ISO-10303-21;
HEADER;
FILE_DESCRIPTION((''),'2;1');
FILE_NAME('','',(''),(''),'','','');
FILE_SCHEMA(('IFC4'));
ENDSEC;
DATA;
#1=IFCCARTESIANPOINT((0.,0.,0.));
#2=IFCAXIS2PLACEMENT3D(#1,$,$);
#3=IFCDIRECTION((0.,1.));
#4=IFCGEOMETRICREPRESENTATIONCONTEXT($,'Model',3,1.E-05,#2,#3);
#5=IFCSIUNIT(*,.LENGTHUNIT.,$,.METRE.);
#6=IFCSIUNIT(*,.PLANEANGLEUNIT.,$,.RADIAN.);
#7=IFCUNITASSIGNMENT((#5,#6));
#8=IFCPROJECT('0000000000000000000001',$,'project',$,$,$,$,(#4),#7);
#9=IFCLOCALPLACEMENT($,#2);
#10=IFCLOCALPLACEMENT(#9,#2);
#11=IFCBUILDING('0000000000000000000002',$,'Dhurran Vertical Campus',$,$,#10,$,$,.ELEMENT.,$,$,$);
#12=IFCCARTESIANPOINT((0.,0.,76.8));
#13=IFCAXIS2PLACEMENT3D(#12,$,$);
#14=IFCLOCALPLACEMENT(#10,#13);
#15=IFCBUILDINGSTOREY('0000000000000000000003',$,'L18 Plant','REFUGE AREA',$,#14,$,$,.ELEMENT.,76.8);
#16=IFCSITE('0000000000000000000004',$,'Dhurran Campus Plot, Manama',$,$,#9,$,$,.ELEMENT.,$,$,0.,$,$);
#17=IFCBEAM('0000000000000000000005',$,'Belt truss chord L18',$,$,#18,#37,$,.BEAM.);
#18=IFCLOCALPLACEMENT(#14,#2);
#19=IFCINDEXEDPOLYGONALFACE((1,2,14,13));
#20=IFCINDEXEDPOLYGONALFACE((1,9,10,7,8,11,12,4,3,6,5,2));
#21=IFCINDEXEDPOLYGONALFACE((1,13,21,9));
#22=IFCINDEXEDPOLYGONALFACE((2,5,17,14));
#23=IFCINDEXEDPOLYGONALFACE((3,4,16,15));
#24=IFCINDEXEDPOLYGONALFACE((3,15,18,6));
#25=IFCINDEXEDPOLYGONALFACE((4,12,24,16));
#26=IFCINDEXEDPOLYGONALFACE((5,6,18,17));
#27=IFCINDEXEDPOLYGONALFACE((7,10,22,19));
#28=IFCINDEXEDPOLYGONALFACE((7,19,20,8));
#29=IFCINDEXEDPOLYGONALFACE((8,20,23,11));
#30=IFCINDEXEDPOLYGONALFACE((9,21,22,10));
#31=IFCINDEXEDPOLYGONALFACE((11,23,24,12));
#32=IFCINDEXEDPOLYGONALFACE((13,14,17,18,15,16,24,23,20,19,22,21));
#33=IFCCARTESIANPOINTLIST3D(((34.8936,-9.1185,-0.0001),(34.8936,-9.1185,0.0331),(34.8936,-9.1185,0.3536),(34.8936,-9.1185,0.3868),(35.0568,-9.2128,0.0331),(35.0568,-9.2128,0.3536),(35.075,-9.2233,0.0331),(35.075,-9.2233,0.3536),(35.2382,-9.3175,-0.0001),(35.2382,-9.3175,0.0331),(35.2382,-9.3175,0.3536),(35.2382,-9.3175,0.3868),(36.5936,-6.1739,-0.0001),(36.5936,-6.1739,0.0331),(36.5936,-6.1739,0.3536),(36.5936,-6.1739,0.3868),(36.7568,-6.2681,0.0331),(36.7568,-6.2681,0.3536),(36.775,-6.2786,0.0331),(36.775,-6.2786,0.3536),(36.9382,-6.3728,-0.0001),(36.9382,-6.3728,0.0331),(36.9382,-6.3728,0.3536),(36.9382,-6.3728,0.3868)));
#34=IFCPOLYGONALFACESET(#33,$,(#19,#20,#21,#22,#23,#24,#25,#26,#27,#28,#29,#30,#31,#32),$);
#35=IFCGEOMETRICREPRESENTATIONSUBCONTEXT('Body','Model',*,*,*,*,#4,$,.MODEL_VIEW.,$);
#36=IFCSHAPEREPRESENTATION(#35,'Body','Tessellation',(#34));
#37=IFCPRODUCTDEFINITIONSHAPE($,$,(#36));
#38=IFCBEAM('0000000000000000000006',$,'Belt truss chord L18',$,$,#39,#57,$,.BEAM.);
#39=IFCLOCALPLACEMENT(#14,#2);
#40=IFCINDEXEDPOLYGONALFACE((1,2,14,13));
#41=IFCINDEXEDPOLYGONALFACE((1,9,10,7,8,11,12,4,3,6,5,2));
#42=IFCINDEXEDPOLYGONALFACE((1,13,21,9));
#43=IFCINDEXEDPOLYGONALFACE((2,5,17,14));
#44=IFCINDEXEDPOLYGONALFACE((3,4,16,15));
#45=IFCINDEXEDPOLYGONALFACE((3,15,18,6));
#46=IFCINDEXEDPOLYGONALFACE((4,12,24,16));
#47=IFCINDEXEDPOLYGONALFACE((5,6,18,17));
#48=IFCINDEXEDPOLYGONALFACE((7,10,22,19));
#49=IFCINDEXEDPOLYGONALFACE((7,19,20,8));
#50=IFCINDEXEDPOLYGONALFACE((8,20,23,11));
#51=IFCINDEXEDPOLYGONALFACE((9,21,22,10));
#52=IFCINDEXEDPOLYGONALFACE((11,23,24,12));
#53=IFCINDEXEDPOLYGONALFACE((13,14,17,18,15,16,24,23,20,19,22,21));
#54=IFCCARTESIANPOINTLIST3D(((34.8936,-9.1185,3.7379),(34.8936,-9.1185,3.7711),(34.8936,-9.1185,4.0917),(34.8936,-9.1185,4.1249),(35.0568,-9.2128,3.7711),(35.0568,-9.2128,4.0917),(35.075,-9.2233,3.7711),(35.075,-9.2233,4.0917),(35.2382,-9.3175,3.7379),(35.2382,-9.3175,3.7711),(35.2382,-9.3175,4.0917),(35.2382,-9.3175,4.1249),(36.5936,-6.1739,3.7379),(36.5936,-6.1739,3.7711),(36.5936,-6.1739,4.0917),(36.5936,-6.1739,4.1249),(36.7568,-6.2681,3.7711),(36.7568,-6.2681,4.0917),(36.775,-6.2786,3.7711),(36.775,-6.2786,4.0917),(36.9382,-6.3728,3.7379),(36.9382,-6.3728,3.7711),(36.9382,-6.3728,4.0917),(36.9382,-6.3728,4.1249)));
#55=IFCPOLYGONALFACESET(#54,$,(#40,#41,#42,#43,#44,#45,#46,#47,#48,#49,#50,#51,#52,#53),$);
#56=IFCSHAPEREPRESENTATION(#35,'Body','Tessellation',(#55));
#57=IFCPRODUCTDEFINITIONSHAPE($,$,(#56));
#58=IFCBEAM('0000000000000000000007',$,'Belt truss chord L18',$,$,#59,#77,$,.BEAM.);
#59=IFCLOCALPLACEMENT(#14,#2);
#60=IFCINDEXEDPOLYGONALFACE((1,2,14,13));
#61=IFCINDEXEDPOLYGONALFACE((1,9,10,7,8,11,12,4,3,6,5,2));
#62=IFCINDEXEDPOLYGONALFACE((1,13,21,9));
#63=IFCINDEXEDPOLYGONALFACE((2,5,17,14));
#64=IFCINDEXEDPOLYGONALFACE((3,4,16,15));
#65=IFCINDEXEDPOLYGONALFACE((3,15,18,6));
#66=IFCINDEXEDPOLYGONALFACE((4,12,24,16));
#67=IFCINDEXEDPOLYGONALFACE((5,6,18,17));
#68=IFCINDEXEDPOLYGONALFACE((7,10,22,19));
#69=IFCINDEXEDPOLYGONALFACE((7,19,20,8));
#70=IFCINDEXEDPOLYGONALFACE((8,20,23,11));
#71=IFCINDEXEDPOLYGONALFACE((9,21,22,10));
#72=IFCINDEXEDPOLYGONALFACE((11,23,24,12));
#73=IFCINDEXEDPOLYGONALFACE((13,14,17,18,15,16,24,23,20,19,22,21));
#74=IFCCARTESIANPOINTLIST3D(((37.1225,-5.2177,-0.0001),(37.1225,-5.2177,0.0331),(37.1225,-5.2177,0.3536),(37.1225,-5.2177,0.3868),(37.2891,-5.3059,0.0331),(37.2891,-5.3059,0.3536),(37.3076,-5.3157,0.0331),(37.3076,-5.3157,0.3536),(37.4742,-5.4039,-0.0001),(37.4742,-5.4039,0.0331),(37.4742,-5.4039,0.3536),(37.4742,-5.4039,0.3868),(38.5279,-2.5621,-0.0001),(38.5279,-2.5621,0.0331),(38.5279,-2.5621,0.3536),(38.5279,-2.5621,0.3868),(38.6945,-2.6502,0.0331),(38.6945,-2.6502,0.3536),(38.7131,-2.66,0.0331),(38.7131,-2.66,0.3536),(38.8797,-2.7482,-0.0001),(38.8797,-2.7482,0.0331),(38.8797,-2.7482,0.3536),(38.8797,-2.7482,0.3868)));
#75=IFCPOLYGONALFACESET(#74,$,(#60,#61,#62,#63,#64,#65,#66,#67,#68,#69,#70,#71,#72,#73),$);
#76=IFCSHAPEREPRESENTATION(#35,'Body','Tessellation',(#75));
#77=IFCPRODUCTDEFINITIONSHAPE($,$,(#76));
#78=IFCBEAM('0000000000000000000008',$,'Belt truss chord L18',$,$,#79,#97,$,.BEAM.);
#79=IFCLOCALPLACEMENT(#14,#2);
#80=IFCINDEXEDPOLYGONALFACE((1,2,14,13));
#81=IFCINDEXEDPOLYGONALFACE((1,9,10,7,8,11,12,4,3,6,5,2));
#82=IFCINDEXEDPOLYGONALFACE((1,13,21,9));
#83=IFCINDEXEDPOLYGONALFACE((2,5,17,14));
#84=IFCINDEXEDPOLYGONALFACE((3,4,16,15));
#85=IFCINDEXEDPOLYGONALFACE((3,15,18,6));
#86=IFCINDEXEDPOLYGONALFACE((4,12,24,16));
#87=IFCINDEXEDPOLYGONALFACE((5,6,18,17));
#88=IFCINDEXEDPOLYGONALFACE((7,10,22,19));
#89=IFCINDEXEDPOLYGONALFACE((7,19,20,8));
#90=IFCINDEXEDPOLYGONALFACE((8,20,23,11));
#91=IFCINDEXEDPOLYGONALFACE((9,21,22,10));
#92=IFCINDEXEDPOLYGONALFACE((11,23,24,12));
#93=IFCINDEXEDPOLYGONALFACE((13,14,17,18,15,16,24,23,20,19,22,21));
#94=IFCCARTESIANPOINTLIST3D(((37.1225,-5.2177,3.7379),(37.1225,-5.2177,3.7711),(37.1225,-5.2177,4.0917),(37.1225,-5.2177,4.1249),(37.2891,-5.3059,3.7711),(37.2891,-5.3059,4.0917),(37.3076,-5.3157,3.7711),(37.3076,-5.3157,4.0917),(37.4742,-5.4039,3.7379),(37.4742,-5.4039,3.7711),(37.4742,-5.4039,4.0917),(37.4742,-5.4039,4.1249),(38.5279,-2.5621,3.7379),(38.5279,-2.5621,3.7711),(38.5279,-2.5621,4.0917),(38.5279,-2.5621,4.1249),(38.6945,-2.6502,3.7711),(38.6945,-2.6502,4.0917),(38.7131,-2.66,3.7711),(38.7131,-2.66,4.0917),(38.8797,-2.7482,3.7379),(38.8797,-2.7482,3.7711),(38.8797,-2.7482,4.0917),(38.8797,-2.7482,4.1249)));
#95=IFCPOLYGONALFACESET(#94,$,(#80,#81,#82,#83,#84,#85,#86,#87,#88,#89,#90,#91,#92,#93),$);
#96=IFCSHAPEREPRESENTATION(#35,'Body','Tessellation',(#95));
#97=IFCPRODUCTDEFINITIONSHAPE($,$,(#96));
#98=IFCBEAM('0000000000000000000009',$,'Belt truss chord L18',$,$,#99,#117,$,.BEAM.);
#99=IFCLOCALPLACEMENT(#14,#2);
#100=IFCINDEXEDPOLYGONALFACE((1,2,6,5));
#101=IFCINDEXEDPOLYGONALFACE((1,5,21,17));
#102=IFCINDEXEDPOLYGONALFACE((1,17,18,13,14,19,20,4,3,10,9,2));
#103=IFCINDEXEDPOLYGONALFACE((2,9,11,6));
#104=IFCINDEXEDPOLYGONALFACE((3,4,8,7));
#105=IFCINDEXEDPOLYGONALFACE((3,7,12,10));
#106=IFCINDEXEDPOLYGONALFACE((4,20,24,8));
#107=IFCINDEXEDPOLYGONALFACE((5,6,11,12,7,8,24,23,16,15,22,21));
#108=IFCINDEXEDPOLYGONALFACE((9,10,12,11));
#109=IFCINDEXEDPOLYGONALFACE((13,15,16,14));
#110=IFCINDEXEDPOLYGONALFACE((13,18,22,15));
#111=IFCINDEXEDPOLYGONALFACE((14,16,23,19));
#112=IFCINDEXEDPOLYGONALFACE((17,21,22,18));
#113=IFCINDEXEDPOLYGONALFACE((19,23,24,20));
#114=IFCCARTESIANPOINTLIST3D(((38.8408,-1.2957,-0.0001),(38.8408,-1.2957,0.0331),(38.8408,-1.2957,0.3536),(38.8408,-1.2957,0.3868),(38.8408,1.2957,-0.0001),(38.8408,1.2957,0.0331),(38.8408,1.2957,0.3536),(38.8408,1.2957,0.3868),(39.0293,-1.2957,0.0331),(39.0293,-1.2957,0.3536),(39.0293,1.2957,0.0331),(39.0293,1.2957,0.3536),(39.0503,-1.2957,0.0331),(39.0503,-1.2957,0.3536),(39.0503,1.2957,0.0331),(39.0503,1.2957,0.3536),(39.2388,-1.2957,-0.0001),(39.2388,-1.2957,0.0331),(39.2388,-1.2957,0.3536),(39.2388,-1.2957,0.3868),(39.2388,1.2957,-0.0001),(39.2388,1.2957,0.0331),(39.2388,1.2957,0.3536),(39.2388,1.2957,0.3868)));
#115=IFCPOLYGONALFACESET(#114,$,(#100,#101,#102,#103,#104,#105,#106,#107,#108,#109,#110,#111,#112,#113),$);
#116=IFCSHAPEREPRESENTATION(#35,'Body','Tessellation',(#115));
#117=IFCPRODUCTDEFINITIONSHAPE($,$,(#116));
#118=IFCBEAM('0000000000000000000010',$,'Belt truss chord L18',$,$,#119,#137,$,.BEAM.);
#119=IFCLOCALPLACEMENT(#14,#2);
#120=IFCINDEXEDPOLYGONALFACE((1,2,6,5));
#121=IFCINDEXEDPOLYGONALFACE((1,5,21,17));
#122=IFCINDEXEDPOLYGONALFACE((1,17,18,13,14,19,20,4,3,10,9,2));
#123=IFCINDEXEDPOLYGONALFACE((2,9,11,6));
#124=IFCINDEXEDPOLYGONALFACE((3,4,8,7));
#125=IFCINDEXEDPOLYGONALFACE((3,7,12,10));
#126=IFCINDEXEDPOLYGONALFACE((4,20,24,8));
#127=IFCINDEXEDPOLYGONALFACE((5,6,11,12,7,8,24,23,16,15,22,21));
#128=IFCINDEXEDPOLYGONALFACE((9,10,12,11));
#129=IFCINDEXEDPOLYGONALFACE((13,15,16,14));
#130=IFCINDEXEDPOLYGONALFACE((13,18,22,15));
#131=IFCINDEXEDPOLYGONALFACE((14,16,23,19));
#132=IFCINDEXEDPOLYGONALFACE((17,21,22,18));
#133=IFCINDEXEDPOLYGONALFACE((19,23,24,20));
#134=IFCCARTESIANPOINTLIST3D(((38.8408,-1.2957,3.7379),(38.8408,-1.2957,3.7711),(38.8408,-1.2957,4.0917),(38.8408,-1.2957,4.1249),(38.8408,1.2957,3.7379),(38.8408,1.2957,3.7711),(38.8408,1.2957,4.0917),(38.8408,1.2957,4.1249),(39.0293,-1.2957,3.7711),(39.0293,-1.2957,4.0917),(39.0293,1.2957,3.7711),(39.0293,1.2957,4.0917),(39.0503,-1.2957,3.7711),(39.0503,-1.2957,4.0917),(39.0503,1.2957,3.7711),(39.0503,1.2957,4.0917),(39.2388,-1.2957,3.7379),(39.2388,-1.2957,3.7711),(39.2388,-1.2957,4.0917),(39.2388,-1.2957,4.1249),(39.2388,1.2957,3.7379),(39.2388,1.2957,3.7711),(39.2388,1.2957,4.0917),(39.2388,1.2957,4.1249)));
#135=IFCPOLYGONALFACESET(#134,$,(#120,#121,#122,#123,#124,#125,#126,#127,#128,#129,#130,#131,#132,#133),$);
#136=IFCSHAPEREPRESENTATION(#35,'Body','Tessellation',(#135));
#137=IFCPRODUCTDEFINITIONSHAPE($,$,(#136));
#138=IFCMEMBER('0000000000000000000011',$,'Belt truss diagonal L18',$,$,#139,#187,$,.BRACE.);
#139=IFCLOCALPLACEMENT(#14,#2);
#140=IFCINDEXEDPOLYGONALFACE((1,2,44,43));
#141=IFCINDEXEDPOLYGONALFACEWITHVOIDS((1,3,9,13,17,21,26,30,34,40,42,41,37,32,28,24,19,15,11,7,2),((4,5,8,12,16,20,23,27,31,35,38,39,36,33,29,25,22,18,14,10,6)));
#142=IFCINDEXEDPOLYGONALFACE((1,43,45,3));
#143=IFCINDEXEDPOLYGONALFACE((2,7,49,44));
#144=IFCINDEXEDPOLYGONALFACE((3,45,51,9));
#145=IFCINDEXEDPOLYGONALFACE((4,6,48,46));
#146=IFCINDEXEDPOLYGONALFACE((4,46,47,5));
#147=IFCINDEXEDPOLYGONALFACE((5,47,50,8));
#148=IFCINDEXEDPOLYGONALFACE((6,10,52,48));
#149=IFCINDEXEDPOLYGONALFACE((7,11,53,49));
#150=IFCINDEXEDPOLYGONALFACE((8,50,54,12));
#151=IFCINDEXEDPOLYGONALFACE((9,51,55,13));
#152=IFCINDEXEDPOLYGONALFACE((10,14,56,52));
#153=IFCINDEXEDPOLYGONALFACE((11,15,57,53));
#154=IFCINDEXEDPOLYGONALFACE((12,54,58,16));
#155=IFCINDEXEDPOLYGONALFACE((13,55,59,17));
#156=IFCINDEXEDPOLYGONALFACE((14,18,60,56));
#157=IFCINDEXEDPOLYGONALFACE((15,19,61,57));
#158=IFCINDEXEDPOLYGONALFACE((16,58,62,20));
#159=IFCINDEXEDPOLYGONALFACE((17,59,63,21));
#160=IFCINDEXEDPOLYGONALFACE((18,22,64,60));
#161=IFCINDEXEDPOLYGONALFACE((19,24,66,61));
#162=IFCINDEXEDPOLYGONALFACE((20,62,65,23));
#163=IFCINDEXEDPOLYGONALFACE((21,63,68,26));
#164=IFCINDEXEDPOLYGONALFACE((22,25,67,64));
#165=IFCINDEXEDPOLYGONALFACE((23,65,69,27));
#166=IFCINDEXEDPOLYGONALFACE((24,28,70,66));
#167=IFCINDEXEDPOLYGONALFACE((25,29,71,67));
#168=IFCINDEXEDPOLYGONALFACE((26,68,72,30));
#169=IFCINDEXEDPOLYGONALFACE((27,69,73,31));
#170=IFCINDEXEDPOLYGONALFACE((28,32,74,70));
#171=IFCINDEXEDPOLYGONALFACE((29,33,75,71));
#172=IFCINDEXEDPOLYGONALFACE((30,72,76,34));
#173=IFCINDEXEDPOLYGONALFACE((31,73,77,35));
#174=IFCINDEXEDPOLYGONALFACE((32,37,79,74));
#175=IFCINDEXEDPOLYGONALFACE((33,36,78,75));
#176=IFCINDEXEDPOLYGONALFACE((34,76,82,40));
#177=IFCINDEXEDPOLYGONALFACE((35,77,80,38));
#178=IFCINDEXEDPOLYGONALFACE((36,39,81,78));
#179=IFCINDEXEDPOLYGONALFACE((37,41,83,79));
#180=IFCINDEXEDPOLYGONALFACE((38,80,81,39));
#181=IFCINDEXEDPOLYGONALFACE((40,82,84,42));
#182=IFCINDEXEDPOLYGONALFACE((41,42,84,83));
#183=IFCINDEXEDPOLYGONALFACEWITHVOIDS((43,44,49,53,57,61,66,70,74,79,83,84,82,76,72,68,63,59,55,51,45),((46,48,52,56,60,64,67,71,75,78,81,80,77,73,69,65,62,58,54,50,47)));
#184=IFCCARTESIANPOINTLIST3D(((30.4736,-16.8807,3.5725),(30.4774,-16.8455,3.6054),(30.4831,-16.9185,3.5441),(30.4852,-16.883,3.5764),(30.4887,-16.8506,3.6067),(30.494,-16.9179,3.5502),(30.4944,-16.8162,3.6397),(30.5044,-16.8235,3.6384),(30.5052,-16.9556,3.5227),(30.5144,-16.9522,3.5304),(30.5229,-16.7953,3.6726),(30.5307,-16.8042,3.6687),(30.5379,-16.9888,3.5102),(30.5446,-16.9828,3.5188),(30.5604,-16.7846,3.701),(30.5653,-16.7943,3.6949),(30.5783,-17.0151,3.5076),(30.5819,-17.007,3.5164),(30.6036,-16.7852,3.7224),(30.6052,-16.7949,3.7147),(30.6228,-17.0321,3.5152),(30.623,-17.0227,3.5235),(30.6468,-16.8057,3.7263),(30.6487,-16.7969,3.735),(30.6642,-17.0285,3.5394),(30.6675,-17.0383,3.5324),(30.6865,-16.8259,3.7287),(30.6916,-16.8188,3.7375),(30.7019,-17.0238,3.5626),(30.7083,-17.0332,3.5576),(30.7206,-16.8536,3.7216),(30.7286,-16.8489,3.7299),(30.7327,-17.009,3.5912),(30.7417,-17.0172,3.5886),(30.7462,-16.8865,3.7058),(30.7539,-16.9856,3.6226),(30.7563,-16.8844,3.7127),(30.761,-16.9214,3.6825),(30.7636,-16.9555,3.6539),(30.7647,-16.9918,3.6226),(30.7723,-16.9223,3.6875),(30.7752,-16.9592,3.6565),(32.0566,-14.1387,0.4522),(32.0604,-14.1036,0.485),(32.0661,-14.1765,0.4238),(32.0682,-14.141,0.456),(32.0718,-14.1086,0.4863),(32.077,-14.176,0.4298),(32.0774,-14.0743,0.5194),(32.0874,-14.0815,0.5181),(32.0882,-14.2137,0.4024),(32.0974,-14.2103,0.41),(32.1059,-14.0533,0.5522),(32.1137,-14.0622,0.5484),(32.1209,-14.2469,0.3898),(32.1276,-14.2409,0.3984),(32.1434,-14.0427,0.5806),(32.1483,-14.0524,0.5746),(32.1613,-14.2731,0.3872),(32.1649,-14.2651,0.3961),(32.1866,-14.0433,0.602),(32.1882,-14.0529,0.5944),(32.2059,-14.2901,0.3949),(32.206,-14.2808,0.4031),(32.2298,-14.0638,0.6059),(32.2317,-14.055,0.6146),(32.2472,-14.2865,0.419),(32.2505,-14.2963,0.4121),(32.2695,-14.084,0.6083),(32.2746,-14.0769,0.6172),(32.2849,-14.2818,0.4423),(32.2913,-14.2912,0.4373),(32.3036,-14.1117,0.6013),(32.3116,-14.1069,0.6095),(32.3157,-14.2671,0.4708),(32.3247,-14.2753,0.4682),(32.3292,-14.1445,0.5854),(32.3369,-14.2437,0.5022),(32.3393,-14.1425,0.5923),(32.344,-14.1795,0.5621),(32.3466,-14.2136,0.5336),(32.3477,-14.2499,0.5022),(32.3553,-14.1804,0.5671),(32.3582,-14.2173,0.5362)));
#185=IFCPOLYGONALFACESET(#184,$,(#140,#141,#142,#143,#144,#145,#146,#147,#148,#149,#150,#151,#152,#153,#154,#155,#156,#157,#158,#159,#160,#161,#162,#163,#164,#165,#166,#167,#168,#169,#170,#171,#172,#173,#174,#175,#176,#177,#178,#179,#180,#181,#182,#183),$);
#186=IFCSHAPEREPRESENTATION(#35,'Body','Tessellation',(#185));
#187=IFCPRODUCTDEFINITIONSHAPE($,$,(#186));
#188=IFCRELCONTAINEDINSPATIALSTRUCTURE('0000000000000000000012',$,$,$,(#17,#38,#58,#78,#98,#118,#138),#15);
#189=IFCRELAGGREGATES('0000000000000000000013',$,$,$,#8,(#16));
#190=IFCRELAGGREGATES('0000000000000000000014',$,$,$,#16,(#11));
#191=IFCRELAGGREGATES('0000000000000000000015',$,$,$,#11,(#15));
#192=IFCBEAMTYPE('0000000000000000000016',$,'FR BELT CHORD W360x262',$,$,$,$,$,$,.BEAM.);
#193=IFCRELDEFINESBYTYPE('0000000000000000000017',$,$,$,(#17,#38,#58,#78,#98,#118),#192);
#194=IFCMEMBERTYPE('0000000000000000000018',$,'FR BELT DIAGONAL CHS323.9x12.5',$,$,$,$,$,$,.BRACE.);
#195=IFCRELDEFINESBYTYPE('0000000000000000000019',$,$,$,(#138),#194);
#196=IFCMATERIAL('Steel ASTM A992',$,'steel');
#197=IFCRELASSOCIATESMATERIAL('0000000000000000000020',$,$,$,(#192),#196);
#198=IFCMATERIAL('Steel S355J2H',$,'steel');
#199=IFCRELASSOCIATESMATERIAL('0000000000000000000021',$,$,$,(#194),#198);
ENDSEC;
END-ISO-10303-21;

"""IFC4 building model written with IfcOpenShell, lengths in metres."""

from ifc_helpers import new_model, si_unit, direction, frame, origin, origin_2d, place, context, subcontext, project, spatial, hollow_circle, i_section, extrude, material, material_profile, profile_set, type_object, element, save


model = new_model("IFC4")

# Units and contexts
model_context = context("Model", 3, precision=1e-05, world=origin(), true_north=direction((0.0, 1.0)))
body_context = subcontext(model_context, "Body", "Model", "MODEL_VIEW")
ifc_project = project(units=[si_unit("LENGTHUNIT", "METRE"), si_unit("PLANEANGLEUNIT", "RADIAN")], contexts=[model_context])

# Site, building, storey
site_placement = place(None, origin())
site = spatial("IfcSite", under=ifc_project, at=site_placement, Name="Dhurran Campus Plot, Manama", CompositionType="ELEMENT", RefElevation=0.0)
building_placement = place(site_placement, origin())
building = spatial("IfcBuilding", under=site, at=building_placement, Name="Dhurran Vertical Campus", CompositionType="ELEMENT")
storey_placement = place(building_placement, frame((0.0, 0.0, 76.8)))
storey = spatial("IfcBuildingStorey", under=building, at=storey_placement, Name="L18 Plant", Description="REFUGE AREA", CompositionType="ELEMENT", Elevation=76.8)

# Beams
ifc_material_1 = material(Name="Steel ASTM A992", Category="steel")
ifc_material_profile_1 = material_profile(ifc_material_1, i_section(OverallWidth=0.3979, OverallDepth=0.387, WebThickness=0.021, FlangeThickness=0.0332, at=origin_2d()), Name="W360x262")
ifc_profile_set_1 = profile_set([ifc_material_profile_1], Name="Steel ASTM A992")
beam_type = type_object("IfcBeamType", Name="FR BELT CHORD W360x262", PredefinedType="BEAM", material=ifc_profile_set_1)
for number, where, z_axis, x_axis, name in (
    (1, (35.0659, -9.218, 0.1934), (0.499977, 0.866039, 0.0), (-0.866039, 0.499977, 0.0), "Belt truss chord L18"),
    (2, (35.0659, -9.218, 3.9314), (0.499977, 0.866039, 0.0), (-0.866039, 0.499977, 0.0), "Belt truss chord L18"),
):
    element("IfcBeam", number, at=place(storey_placement, frame(where, z_axis=z_axis, x_axis=x_axis)), inside=storey, type_object=beam_type, Name=name, PredefinedType="BEAM", context=body_context, shape_type="SweptSolid", body=[
        extrude(i_section(OverallWidth=0.3979, OverallDepth=0.387, WebThickness=0.021, FlangeThickness=0.0332, at=origin_2d()), origin(), (0.0, 0.0, 1.0), 3.4001),
    ])
for number, where, z_axis, x_axis, name in (
    (3, (37.2983, -5.3108, 0.1934), (0.467765, 0.883853, 0.0), (-0.883853, 0.467765, 0.0), "Belt truss chord L18"),
    (4, (37.2983, -5.3108, 3.9314), (0.467765, 0.883853, 0.0), (-0.883853, 0.467765, 0.0), "Belt truss chord L18"),
):
    element("IfcBeam", number, at=place(storey_placement, frame(where, z_axis=z_axis, x_axis=x_axis)), inside=storey, type_object=beam_type, Name=name, PredefinedType="BEAM", context=body_context, shape_type="SweptSolid", body=[
        extrude(i_section(OverallWidth=0.3979, OverallDepth=0.387, WebThickness=0.021, FlangeThickness=0.0332, at=origin_2d()), origin(), (0.0, 0.0, 1.0), 3.0046),
    ])
for number, where, z_axis, x_axis, name in (
    (5, (39.0398, -1.2957, 0.1934), (0.0, 1.0, 0.0), (-1.0, 0.0, 0.0), "Belt truss chord L18"),
    (6, (39.0398, -1.2957, 3.9314), (0.0, 1.0, 0.0), (-1.0, 0.0, 0.0), "Belt truss chord L18"),
):
    element("IfcBeam", number, at=place(storey_placement, frame(where, z_axis=z_axis, x_axis=x_axis)), inside=storey, type_object=beam_type, Name=name, PredefinedType="BEAM", context=body_context, shape_type="SweptSolid", body=[
        extrude(i_section(OverallWidth=0.3979, OverallDepth=0.387, WebThickness=0.021, FlangeThickness=0.0332, at=origin_2d()), origin(), (0.0, 0.0, 1.0), 2.5913),
    ])

# Member
ifc_material_2 = material(Name="Steel S355J2H", Category="steel")
ifc_material_profile_2 = material_profile(ifc_material_2, hollow_circle(Radius=0.1619, WallThickness=0.0125, at=origin_2d()), Name="CHS323.9x12.5")
ifc_profile_set_2 = profile_set([ifc_material_profile_2], Name="Steel S355J2H")
member_type = type_object("IfcMemberType", Name="FR BELT DIAGONAL CHS323.9x12.5", PredefinedType="BRACE", material=ifc_profile_set_2)
member_1_placement = place(storey_placement, frame((32.2075, -14.1689, 0.5022), z_axis=(-0.356107, -0.616816, 0.701944), x_axis=(0.866033, -0.499987, 0.0)))
element("IfcMember", 7, at=member_1_placement, inside=storey, type_object=member_type, Name="Belt truss diagonal L18", PredefinedType="BRACE", context=body_context, shape_type="SweptSolid", body=[
    extrude(hollow_circle(Radius=0.1619, WallThickness=0.0125, at=origin_2d()), origin(), (0.0, 0.0, 1.0), 4.4453),
])

save(model, "model.ifc")
